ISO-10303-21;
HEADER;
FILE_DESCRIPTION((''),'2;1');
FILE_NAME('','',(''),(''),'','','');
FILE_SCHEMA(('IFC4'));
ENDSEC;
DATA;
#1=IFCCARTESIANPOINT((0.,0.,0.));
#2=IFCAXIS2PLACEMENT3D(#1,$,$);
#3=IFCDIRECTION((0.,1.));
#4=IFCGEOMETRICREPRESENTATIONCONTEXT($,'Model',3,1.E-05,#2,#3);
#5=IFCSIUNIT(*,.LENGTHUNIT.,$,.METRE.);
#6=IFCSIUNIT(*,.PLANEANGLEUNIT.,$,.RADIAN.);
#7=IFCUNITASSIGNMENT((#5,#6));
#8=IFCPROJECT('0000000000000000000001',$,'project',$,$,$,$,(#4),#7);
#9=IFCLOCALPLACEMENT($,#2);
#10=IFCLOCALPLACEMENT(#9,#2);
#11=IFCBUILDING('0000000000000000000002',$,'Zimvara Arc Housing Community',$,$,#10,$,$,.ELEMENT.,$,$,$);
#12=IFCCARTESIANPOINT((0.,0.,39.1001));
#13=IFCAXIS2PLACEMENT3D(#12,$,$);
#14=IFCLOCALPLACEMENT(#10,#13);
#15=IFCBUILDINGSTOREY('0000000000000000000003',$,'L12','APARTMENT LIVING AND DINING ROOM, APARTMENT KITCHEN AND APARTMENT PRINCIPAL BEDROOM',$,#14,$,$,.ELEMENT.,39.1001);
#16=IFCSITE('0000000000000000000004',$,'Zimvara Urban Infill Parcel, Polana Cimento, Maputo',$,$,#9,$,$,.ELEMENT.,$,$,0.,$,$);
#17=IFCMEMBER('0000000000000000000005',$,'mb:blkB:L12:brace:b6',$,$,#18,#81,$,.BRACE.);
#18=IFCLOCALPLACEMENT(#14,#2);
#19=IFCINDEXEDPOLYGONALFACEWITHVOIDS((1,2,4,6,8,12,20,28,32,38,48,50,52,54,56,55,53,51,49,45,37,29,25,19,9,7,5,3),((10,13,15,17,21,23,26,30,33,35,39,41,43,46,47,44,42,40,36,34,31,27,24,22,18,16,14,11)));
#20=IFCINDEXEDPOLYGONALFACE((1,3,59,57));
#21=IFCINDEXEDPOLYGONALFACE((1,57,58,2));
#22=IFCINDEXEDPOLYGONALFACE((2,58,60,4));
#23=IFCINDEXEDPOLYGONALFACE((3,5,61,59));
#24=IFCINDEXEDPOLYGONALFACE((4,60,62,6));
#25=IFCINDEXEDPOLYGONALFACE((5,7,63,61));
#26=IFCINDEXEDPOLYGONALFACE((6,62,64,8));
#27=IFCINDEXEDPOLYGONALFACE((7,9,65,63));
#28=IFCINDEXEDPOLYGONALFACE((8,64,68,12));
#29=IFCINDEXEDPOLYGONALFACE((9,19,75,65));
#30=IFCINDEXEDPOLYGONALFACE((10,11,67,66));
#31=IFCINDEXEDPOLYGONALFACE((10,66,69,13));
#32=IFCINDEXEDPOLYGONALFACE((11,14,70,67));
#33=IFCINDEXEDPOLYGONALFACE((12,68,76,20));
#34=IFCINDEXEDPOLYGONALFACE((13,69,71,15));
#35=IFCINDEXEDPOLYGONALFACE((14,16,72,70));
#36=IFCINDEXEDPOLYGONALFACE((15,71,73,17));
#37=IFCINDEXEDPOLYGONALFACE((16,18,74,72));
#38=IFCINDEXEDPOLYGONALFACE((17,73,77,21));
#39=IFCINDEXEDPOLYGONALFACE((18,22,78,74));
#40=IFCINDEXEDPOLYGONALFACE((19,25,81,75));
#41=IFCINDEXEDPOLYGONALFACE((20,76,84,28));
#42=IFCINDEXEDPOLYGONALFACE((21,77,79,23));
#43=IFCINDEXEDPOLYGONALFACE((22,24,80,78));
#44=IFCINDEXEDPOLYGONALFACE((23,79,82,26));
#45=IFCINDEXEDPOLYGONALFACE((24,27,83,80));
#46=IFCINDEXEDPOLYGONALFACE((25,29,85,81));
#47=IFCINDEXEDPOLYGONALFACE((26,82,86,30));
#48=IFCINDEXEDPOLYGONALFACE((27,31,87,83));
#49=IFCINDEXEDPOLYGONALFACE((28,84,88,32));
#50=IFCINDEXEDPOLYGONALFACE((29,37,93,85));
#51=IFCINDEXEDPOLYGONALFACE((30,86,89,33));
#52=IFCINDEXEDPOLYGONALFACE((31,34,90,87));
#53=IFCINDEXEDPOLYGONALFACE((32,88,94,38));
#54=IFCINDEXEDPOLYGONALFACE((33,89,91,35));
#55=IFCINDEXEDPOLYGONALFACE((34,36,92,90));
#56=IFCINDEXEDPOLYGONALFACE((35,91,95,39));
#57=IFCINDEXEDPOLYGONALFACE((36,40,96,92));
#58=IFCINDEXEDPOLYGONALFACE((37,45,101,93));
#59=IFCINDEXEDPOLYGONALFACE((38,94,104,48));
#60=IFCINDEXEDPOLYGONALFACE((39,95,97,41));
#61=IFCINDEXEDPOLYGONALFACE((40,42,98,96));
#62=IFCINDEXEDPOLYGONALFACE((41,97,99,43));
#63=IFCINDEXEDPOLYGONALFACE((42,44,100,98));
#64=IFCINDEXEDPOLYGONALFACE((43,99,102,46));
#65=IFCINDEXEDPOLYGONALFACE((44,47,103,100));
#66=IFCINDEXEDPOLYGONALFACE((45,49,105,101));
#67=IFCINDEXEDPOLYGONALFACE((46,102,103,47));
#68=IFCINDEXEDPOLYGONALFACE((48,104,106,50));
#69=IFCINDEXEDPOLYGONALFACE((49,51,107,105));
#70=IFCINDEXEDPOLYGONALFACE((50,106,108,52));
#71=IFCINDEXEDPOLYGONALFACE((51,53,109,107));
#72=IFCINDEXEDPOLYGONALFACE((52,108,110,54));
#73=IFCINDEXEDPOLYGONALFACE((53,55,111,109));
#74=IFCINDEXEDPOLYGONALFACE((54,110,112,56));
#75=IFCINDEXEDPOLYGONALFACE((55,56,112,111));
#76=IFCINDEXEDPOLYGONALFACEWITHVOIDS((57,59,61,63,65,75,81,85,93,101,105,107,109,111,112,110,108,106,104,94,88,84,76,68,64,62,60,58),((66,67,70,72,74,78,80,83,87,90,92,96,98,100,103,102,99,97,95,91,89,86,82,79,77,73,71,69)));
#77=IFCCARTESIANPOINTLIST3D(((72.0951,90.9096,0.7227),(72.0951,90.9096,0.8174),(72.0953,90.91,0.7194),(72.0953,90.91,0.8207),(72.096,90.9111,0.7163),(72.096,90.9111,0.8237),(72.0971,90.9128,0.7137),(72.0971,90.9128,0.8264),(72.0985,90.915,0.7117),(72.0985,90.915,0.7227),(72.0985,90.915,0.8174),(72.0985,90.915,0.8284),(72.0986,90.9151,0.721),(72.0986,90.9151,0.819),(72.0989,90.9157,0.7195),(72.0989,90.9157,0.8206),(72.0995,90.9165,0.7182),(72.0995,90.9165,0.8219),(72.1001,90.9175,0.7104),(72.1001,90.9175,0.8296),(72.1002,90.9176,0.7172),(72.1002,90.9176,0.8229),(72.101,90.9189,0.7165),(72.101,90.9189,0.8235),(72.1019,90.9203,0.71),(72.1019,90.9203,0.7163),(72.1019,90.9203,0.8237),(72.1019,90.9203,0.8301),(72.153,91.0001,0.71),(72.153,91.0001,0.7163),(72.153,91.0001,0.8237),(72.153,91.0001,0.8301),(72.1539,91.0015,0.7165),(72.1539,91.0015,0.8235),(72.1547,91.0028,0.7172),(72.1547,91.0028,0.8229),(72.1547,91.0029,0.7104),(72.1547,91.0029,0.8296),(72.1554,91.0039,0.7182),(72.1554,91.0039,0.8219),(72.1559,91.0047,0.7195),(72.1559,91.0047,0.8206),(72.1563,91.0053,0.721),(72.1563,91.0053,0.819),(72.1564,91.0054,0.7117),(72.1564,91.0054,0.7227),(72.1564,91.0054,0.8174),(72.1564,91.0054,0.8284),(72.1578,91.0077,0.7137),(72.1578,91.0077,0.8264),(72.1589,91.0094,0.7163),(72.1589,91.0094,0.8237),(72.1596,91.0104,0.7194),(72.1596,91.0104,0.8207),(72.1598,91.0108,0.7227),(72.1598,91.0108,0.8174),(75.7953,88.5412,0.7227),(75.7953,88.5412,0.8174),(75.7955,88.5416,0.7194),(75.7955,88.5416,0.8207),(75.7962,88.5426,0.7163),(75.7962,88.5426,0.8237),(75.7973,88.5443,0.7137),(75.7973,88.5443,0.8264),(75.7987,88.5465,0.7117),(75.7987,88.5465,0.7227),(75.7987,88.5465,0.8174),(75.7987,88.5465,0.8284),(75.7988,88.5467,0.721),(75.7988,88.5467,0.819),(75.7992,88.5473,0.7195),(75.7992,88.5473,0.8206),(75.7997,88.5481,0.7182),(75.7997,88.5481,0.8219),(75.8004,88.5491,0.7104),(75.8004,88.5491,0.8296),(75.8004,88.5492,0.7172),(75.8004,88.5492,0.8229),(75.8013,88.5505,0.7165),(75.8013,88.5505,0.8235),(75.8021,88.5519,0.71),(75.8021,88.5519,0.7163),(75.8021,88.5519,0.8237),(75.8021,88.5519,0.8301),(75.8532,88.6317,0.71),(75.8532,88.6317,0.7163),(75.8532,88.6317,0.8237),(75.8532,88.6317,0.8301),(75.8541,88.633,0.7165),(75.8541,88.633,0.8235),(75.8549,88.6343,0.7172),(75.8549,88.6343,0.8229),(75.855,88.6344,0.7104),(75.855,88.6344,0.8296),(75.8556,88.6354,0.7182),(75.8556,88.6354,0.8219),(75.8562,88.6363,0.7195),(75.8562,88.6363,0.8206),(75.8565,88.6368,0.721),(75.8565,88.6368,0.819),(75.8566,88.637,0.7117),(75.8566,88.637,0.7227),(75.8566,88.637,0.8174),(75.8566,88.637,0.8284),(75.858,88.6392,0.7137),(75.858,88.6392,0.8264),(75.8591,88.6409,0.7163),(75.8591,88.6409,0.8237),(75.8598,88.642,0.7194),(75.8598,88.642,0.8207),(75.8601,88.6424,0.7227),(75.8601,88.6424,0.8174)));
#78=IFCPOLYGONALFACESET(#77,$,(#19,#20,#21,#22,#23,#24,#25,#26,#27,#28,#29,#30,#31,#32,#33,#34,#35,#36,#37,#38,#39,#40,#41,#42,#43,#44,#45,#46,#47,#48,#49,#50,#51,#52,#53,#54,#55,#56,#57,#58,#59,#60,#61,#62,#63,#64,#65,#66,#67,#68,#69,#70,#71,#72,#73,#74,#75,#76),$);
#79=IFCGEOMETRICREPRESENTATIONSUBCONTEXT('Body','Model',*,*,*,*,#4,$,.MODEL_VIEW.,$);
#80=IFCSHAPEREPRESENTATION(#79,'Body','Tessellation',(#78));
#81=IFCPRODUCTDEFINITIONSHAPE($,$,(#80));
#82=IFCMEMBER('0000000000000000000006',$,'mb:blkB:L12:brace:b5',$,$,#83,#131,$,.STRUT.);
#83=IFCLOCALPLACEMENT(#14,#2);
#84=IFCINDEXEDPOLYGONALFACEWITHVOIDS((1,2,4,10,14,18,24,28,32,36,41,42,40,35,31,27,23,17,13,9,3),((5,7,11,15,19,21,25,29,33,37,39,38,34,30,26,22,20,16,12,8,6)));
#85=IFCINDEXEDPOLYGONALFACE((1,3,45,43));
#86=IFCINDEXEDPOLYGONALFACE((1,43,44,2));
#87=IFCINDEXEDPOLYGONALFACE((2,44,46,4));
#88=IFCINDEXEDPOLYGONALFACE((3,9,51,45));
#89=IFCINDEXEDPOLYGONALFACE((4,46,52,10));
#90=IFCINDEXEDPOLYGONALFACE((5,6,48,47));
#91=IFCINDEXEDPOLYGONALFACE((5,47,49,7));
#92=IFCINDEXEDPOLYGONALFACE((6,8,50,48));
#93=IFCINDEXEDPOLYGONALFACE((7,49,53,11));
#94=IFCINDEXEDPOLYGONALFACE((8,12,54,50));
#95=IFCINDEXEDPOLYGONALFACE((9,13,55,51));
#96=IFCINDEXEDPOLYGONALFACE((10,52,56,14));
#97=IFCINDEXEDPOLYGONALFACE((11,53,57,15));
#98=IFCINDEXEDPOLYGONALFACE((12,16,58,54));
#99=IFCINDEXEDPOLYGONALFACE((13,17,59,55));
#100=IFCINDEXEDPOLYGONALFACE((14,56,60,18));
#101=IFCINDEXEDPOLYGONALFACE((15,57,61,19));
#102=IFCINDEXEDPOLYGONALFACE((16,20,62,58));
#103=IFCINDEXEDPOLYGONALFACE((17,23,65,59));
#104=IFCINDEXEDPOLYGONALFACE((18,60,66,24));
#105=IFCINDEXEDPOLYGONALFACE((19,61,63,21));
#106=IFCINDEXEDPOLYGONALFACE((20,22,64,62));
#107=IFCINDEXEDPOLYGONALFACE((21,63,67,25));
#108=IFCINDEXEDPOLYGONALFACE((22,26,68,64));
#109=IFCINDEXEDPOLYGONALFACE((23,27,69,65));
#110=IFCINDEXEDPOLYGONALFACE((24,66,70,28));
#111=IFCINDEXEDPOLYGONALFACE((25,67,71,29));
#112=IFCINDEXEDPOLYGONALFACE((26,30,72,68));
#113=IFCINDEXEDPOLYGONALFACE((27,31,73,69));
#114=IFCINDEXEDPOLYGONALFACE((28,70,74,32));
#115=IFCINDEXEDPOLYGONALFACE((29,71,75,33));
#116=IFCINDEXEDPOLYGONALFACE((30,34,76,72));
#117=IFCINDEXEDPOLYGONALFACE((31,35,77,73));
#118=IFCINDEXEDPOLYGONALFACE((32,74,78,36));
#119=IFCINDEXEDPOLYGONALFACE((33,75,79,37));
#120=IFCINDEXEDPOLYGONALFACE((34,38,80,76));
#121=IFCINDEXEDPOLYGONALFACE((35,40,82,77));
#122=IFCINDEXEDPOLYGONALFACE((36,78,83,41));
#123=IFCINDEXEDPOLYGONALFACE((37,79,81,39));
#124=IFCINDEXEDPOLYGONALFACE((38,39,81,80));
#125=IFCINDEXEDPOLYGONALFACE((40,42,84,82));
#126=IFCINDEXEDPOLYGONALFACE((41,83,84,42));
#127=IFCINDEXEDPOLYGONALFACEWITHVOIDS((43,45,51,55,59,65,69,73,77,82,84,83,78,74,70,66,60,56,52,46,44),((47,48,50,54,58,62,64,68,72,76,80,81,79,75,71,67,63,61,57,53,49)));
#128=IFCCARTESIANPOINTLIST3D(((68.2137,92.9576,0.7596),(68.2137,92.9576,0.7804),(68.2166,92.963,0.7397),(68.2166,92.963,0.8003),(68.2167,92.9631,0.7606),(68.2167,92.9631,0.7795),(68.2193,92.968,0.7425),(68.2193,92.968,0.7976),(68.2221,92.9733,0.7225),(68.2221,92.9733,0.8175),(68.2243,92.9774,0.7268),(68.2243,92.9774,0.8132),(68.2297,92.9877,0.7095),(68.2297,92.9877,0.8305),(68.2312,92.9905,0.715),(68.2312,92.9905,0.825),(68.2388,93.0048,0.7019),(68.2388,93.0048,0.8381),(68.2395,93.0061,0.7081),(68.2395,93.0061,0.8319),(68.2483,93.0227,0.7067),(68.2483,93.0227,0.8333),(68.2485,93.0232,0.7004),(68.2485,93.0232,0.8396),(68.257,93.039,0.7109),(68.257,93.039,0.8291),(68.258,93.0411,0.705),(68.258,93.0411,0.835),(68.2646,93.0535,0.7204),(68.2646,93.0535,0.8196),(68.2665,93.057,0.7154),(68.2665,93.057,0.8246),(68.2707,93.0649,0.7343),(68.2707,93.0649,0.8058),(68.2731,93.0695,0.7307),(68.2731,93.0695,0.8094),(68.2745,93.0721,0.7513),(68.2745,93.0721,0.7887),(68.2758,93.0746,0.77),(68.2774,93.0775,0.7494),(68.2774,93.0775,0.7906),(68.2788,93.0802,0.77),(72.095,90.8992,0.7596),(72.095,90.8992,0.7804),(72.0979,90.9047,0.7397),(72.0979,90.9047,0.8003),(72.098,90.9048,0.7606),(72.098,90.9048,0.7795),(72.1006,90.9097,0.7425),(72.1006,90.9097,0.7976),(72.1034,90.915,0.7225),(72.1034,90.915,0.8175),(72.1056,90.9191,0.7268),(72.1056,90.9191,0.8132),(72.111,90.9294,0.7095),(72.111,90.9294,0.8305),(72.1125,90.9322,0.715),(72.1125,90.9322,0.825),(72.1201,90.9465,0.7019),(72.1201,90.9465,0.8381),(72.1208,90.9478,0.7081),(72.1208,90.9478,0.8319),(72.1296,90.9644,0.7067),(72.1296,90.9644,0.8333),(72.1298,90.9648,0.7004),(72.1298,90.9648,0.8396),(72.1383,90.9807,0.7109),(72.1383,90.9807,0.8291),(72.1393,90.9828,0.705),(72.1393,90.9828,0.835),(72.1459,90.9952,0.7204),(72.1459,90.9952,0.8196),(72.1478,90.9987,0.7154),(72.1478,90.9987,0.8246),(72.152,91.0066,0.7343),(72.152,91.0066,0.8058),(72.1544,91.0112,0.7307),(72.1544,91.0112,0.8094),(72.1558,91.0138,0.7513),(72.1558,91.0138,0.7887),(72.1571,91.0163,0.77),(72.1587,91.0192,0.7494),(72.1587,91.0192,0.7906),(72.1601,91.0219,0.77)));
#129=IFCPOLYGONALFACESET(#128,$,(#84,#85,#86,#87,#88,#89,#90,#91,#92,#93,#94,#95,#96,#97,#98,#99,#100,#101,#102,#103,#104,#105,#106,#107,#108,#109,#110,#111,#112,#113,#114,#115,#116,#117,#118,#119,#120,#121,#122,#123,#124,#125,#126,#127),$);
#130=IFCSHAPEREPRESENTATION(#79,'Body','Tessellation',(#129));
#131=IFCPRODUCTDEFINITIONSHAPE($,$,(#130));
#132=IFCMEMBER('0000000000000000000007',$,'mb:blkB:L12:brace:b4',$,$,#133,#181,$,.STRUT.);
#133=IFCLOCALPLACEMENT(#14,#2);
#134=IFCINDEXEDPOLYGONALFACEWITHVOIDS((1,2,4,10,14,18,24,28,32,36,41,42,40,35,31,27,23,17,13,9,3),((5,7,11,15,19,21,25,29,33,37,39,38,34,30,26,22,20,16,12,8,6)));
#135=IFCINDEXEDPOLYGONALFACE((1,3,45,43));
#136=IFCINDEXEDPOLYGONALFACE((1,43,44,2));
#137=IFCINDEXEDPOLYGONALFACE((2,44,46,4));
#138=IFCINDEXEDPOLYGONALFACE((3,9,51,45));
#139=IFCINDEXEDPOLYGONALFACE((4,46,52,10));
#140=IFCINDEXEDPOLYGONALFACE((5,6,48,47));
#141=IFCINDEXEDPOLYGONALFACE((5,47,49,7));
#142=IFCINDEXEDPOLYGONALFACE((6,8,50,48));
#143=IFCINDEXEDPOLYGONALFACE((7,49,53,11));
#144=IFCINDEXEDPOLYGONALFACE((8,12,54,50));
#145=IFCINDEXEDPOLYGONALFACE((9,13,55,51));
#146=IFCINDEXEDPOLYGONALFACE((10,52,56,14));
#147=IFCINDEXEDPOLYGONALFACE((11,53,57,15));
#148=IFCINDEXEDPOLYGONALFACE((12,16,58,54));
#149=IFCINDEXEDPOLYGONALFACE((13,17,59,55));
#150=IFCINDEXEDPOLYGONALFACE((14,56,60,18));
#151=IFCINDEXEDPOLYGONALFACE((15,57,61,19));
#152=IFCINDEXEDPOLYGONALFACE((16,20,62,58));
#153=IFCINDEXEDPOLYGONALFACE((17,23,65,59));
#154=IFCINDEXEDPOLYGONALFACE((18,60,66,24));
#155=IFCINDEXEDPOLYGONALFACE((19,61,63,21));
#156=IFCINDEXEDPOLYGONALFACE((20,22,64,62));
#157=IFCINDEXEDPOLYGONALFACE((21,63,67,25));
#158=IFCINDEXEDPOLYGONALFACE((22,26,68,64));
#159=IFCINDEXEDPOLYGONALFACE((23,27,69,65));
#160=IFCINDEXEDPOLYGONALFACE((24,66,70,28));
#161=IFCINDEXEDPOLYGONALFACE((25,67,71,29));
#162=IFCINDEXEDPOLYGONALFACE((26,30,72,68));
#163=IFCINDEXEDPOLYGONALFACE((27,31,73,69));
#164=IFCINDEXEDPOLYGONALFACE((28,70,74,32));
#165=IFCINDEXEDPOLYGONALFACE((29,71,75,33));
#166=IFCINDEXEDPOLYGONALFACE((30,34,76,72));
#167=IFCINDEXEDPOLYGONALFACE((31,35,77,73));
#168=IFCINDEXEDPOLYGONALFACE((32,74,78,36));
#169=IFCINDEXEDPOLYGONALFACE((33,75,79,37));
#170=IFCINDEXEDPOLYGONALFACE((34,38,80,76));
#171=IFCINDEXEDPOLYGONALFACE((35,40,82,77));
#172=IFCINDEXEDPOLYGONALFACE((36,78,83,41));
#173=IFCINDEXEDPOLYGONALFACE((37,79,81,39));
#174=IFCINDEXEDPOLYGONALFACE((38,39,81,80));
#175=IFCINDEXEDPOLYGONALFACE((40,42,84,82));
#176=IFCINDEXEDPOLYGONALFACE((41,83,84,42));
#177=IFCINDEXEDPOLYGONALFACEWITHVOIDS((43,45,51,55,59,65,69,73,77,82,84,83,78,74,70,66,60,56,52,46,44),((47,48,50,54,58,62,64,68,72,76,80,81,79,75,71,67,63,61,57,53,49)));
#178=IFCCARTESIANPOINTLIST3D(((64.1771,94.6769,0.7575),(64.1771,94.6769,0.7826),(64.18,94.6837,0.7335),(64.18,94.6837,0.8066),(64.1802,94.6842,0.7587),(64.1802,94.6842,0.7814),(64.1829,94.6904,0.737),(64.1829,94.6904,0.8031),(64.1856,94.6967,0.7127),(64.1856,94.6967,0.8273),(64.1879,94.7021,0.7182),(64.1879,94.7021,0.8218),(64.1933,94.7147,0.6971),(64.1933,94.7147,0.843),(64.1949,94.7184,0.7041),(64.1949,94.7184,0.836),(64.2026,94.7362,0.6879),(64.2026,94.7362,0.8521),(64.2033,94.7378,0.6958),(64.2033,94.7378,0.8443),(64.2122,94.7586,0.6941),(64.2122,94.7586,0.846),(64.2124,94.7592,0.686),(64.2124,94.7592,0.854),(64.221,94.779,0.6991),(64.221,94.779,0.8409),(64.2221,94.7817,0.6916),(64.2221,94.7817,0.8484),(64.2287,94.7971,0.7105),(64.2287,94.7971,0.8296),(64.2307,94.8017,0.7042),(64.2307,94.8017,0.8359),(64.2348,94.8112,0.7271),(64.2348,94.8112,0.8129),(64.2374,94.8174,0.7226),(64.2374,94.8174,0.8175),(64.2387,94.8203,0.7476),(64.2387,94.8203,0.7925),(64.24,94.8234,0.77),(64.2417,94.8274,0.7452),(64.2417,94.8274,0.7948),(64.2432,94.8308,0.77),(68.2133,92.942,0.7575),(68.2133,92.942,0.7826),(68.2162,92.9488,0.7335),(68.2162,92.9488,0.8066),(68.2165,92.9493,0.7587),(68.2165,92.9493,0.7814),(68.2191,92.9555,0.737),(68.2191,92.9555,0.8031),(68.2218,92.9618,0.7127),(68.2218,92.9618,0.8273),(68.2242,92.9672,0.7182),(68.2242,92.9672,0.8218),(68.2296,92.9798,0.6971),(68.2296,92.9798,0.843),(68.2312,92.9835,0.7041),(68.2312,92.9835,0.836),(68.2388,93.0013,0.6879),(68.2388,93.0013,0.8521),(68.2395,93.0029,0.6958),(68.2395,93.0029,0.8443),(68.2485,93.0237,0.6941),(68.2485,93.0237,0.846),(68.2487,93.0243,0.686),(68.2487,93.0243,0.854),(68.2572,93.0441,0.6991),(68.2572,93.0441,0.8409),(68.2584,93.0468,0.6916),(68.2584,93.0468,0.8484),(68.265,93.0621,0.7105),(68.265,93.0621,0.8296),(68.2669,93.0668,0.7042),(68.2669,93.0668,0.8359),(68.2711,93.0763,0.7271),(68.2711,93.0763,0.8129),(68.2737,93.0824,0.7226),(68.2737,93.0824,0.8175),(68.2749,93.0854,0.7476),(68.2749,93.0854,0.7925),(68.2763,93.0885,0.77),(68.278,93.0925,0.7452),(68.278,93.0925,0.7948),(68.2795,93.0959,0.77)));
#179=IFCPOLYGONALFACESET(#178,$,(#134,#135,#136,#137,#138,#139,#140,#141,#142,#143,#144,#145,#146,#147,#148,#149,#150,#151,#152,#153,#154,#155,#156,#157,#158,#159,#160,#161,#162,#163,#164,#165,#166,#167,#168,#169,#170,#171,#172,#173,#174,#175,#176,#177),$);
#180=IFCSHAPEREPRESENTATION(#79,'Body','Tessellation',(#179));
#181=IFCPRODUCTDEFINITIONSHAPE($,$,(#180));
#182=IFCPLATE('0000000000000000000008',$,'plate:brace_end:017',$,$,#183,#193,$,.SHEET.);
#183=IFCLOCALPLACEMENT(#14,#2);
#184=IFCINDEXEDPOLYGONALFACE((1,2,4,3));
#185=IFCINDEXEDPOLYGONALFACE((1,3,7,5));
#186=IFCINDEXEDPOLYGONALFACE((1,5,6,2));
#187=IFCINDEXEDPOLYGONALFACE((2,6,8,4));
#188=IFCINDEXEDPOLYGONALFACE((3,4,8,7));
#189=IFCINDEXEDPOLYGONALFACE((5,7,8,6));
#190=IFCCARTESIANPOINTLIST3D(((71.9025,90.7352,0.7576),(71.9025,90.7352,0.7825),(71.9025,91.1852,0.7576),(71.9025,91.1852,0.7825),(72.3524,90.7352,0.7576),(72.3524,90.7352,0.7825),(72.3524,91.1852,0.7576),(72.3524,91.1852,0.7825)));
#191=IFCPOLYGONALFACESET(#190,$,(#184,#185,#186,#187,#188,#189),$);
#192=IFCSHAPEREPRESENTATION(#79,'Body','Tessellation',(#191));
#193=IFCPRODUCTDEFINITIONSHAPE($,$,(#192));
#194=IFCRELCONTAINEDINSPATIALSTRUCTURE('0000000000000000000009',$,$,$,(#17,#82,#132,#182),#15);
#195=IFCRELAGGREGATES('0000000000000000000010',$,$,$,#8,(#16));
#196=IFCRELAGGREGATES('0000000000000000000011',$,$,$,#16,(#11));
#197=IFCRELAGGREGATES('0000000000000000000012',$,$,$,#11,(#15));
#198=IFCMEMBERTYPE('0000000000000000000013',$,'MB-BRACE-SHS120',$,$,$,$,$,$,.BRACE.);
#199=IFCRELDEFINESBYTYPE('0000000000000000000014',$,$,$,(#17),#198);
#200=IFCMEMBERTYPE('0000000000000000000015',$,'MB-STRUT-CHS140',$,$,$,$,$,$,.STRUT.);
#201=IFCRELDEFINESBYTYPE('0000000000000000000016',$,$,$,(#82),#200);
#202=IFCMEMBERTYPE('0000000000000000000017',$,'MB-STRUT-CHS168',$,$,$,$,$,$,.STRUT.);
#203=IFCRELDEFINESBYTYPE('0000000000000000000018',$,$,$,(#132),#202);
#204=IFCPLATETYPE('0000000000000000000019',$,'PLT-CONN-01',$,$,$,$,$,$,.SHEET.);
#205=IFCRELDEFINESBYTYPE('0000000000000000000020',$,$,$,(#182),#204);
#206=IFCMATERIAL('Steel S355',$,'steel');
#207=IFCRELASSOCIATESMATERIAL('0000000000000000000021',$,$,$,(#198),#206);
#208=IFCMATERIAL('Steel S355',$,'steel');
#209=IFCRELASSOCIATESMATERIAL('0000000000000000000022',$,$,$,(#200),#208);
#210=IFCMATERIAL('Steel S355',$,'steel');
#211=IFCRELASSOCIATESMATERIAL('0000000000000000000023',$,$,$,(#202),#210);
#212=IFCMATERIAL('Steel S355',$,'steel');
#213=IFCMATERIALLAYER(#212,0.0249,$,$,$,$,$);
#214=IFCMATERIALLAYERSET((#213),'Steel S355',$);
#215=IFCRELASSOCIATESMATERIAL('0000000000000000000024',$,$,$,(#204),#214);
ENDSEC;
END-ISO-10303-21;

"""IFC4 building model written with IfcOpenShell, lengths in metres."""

from ifc_helpers import new_model, si_unit, direction, frame, origin, origin_2d, place, context, subcontext, project, spatial, rectangle, hollow_rectangle, hollow_circle, extrude, material, layer, layer_set, material_profile, profile_set, type_object, element, save


model = new_model("IFC4")

# Units and contexts
model_context = context("Model", 3, precision=1e-05, world=origin(), true_north=direction((0.0, 1.0)))
body_context = subcontext(model_context, "Body", "Model", "MODEL_VIEW")
ifc_project = project(units=[si_unit("LENGTHUNIT", "METRE"), si_unit("PLANEANGLEUNIT", "RADIAN")], contexts=[model_context])

# Site, building, storey
site_placement = place(None, origin())
site = spatial("IfcSite", under=ifc_project, at=site_placement, Name="Zimvara Urban Infill Parcel, Polana Cimento, Maputo", CompositionType="ELEMENT", RefElevation=0.0)
building_placement = place(site_placement, origin())
building = spatial("IfcBuilding", under=site, at=building_placement, Name="Zimvara Arc Housing Community", CompositionType="ELEMENT")
storey_placement = place(building_placement, frame((0.0, 0.0, 39.1001)))
storey = spatial("IfcBuildingStorey", under=building, at=storey_placement, Name="L12", Description="APARTMENT LIVING AND DINING ROOM, APARTMENT KITCHEN AND APARTMENT PRINCIPAL BEDROOM", CompositionType="ELEMENT", Elevation=39.1001)

# Members
ifc_material_1 = material(Name="Steel S355", Category="steel")
ifc_material_profile_1 = material_profile(ifc_material_1, hollow_rectangle(XDim=0.1201, YDim=0.1201, WallThickness=0.0063, InnerFilletRadius=0.0063, OuterFilletRadius=0.0127, at=origin_2d()), Name="SHS 120x120x6.3")
ifc_profile_set_1 = profile_set([ifc_material_profile_1], Name="Steel S355")
member_type_1 = type_object("IfcMemberType", Name="MB-BRACE-SHS120", PredefinedType="BRACE", material=ifc_profile_set_1)
member_1_placement = place(storey_placement, frame((72.1274, 90.9602, 0.77), z_axis=(0.842242, -0.539099, 0.0), x_axis=(0.539099, 0.842242, 0.0)))
element("IfcMember", 1, at=member_1_placement, inside=storey, type_object=member_type_1, Name="mb:blkB:L12:brace:b6", PredefinedType="BRACE", context=body_context, shape_type="SweptSolid", body=[
    extrude(hollow_rectangle(XDim=0.1201, YDim=0.1201, WallThickness=0.0063, InnerFilletRadius=0.0063, OuterFilletRadius=0.0127, at=origin_2d()), origin(), (0.0, 0.0, 1.0), 4.3933),
])
ifc_material_2 = material(Name="Steel S355", Category="steel")
ifc_material_profile_2 = material_profile(ifc_material_2, hollow_circle(Radius=0.0698, WallThickness=0.0063, at=origin_2d()), Name="CHS 139.7x6.3")
ifc_profile_set_2 = profile_set([ifc_material_profile_2], Name="Steel S355")
member_type_2 = type_object("IfcMemberType", Name="MB-STRUT-CHS140", PredefinedType="STRUT", material=ifc_profile_set_2)
member_2_placement = place(storey_placement, frame((68.2461, 93.0186, 0.77), z_axis=(0.883457, -0.468513, 0.0), x_axis=(0.468513, 0.883457, 0.0)))
element("IfcMember", 2, at=member_2_placement, inside=storey, type_object=member_type_2, Name="mb:blkB:L12:brace:b5", PredefinedType="STRUT", context=body_context, shape_type="SweptSolid", body=[
    extrude(hollow_circle(Radius=0.0698, WallThickness=0.0063, at=origin_2d()), origin(), (0.0, 0.0, 1.0), 4.3933),
])
ifc_material_3 = material(Name="Steel S355", Category="steel")
ifc_material_profile_3 = material_profile(ifc_material_3, hollow_circle(Radius=0.0842, WallThickness=0.0081, at=origin_2d()), Name="CHS 168.3x8.0")
ifc_profile_set_3 = profile_set([ifc_material_profile_3], Name="Steel S355")
member_type_3 = type_object("IfcMemberType", Name="MB-STRUT-CHS168", PredefinedType="STRUT", material=ifc_profile_set_3)
member_3_placement = place(storey_placement, frame((64.21, 94.7534, 0.77), z_axis=(0.918725, -0.394898, 0.0), x_axis=(0.394898, 0.918725, 0.0)))
element("IfcMember", 3, at=member_3_placement, inside=storey, type_object=member_type_3, Name="mb:blkB:L12:brace:b4", PredefinedType="STRUT", context=body_context, shape_type="SweptSolid", body=[
    extrude(hollow_circle(Radius=0.0842, WallThickness=0.0081, at=origin_2d()), origin(), (0.0, 0.0, 1.0), 4.3933),
])

# Plate
ifc_material_4 = material(Name="Steel S355", Category="steel")
ifc_layer_1 = layer(ifc_material_4, 0.0249)
ifc_layer_set_1 = layer_set([ifc_layer_1], Name="Steel S355")
plate_type_1 = type_object("IfcPlateType", Name="PLT-CONN-01", PredefinedType="SHEET", material=ifc_layer_set_1)
plate_1_placement = place(storey_placement, frame((72.1274, 90.9602, 0.7576), z_axis=(0.0, 0.0, 1.0), x_axis=(1.0, 0.0, 0.0)))
element("IfcPlate", 4, at=plate_1_placement, inside=storey, type_object=plate_type_1, Name="plate:brace_end:017", PredefinedType="SHEET", context=body_context, shape_type="SweptSolid", body=[
    extrude(rectangle(XDim=0.45, YDim=0.45, at=origin_2d()), origin(), (0.0, 0.0, 1.0), 0.0249),
])

save(model, "model.ifc")
